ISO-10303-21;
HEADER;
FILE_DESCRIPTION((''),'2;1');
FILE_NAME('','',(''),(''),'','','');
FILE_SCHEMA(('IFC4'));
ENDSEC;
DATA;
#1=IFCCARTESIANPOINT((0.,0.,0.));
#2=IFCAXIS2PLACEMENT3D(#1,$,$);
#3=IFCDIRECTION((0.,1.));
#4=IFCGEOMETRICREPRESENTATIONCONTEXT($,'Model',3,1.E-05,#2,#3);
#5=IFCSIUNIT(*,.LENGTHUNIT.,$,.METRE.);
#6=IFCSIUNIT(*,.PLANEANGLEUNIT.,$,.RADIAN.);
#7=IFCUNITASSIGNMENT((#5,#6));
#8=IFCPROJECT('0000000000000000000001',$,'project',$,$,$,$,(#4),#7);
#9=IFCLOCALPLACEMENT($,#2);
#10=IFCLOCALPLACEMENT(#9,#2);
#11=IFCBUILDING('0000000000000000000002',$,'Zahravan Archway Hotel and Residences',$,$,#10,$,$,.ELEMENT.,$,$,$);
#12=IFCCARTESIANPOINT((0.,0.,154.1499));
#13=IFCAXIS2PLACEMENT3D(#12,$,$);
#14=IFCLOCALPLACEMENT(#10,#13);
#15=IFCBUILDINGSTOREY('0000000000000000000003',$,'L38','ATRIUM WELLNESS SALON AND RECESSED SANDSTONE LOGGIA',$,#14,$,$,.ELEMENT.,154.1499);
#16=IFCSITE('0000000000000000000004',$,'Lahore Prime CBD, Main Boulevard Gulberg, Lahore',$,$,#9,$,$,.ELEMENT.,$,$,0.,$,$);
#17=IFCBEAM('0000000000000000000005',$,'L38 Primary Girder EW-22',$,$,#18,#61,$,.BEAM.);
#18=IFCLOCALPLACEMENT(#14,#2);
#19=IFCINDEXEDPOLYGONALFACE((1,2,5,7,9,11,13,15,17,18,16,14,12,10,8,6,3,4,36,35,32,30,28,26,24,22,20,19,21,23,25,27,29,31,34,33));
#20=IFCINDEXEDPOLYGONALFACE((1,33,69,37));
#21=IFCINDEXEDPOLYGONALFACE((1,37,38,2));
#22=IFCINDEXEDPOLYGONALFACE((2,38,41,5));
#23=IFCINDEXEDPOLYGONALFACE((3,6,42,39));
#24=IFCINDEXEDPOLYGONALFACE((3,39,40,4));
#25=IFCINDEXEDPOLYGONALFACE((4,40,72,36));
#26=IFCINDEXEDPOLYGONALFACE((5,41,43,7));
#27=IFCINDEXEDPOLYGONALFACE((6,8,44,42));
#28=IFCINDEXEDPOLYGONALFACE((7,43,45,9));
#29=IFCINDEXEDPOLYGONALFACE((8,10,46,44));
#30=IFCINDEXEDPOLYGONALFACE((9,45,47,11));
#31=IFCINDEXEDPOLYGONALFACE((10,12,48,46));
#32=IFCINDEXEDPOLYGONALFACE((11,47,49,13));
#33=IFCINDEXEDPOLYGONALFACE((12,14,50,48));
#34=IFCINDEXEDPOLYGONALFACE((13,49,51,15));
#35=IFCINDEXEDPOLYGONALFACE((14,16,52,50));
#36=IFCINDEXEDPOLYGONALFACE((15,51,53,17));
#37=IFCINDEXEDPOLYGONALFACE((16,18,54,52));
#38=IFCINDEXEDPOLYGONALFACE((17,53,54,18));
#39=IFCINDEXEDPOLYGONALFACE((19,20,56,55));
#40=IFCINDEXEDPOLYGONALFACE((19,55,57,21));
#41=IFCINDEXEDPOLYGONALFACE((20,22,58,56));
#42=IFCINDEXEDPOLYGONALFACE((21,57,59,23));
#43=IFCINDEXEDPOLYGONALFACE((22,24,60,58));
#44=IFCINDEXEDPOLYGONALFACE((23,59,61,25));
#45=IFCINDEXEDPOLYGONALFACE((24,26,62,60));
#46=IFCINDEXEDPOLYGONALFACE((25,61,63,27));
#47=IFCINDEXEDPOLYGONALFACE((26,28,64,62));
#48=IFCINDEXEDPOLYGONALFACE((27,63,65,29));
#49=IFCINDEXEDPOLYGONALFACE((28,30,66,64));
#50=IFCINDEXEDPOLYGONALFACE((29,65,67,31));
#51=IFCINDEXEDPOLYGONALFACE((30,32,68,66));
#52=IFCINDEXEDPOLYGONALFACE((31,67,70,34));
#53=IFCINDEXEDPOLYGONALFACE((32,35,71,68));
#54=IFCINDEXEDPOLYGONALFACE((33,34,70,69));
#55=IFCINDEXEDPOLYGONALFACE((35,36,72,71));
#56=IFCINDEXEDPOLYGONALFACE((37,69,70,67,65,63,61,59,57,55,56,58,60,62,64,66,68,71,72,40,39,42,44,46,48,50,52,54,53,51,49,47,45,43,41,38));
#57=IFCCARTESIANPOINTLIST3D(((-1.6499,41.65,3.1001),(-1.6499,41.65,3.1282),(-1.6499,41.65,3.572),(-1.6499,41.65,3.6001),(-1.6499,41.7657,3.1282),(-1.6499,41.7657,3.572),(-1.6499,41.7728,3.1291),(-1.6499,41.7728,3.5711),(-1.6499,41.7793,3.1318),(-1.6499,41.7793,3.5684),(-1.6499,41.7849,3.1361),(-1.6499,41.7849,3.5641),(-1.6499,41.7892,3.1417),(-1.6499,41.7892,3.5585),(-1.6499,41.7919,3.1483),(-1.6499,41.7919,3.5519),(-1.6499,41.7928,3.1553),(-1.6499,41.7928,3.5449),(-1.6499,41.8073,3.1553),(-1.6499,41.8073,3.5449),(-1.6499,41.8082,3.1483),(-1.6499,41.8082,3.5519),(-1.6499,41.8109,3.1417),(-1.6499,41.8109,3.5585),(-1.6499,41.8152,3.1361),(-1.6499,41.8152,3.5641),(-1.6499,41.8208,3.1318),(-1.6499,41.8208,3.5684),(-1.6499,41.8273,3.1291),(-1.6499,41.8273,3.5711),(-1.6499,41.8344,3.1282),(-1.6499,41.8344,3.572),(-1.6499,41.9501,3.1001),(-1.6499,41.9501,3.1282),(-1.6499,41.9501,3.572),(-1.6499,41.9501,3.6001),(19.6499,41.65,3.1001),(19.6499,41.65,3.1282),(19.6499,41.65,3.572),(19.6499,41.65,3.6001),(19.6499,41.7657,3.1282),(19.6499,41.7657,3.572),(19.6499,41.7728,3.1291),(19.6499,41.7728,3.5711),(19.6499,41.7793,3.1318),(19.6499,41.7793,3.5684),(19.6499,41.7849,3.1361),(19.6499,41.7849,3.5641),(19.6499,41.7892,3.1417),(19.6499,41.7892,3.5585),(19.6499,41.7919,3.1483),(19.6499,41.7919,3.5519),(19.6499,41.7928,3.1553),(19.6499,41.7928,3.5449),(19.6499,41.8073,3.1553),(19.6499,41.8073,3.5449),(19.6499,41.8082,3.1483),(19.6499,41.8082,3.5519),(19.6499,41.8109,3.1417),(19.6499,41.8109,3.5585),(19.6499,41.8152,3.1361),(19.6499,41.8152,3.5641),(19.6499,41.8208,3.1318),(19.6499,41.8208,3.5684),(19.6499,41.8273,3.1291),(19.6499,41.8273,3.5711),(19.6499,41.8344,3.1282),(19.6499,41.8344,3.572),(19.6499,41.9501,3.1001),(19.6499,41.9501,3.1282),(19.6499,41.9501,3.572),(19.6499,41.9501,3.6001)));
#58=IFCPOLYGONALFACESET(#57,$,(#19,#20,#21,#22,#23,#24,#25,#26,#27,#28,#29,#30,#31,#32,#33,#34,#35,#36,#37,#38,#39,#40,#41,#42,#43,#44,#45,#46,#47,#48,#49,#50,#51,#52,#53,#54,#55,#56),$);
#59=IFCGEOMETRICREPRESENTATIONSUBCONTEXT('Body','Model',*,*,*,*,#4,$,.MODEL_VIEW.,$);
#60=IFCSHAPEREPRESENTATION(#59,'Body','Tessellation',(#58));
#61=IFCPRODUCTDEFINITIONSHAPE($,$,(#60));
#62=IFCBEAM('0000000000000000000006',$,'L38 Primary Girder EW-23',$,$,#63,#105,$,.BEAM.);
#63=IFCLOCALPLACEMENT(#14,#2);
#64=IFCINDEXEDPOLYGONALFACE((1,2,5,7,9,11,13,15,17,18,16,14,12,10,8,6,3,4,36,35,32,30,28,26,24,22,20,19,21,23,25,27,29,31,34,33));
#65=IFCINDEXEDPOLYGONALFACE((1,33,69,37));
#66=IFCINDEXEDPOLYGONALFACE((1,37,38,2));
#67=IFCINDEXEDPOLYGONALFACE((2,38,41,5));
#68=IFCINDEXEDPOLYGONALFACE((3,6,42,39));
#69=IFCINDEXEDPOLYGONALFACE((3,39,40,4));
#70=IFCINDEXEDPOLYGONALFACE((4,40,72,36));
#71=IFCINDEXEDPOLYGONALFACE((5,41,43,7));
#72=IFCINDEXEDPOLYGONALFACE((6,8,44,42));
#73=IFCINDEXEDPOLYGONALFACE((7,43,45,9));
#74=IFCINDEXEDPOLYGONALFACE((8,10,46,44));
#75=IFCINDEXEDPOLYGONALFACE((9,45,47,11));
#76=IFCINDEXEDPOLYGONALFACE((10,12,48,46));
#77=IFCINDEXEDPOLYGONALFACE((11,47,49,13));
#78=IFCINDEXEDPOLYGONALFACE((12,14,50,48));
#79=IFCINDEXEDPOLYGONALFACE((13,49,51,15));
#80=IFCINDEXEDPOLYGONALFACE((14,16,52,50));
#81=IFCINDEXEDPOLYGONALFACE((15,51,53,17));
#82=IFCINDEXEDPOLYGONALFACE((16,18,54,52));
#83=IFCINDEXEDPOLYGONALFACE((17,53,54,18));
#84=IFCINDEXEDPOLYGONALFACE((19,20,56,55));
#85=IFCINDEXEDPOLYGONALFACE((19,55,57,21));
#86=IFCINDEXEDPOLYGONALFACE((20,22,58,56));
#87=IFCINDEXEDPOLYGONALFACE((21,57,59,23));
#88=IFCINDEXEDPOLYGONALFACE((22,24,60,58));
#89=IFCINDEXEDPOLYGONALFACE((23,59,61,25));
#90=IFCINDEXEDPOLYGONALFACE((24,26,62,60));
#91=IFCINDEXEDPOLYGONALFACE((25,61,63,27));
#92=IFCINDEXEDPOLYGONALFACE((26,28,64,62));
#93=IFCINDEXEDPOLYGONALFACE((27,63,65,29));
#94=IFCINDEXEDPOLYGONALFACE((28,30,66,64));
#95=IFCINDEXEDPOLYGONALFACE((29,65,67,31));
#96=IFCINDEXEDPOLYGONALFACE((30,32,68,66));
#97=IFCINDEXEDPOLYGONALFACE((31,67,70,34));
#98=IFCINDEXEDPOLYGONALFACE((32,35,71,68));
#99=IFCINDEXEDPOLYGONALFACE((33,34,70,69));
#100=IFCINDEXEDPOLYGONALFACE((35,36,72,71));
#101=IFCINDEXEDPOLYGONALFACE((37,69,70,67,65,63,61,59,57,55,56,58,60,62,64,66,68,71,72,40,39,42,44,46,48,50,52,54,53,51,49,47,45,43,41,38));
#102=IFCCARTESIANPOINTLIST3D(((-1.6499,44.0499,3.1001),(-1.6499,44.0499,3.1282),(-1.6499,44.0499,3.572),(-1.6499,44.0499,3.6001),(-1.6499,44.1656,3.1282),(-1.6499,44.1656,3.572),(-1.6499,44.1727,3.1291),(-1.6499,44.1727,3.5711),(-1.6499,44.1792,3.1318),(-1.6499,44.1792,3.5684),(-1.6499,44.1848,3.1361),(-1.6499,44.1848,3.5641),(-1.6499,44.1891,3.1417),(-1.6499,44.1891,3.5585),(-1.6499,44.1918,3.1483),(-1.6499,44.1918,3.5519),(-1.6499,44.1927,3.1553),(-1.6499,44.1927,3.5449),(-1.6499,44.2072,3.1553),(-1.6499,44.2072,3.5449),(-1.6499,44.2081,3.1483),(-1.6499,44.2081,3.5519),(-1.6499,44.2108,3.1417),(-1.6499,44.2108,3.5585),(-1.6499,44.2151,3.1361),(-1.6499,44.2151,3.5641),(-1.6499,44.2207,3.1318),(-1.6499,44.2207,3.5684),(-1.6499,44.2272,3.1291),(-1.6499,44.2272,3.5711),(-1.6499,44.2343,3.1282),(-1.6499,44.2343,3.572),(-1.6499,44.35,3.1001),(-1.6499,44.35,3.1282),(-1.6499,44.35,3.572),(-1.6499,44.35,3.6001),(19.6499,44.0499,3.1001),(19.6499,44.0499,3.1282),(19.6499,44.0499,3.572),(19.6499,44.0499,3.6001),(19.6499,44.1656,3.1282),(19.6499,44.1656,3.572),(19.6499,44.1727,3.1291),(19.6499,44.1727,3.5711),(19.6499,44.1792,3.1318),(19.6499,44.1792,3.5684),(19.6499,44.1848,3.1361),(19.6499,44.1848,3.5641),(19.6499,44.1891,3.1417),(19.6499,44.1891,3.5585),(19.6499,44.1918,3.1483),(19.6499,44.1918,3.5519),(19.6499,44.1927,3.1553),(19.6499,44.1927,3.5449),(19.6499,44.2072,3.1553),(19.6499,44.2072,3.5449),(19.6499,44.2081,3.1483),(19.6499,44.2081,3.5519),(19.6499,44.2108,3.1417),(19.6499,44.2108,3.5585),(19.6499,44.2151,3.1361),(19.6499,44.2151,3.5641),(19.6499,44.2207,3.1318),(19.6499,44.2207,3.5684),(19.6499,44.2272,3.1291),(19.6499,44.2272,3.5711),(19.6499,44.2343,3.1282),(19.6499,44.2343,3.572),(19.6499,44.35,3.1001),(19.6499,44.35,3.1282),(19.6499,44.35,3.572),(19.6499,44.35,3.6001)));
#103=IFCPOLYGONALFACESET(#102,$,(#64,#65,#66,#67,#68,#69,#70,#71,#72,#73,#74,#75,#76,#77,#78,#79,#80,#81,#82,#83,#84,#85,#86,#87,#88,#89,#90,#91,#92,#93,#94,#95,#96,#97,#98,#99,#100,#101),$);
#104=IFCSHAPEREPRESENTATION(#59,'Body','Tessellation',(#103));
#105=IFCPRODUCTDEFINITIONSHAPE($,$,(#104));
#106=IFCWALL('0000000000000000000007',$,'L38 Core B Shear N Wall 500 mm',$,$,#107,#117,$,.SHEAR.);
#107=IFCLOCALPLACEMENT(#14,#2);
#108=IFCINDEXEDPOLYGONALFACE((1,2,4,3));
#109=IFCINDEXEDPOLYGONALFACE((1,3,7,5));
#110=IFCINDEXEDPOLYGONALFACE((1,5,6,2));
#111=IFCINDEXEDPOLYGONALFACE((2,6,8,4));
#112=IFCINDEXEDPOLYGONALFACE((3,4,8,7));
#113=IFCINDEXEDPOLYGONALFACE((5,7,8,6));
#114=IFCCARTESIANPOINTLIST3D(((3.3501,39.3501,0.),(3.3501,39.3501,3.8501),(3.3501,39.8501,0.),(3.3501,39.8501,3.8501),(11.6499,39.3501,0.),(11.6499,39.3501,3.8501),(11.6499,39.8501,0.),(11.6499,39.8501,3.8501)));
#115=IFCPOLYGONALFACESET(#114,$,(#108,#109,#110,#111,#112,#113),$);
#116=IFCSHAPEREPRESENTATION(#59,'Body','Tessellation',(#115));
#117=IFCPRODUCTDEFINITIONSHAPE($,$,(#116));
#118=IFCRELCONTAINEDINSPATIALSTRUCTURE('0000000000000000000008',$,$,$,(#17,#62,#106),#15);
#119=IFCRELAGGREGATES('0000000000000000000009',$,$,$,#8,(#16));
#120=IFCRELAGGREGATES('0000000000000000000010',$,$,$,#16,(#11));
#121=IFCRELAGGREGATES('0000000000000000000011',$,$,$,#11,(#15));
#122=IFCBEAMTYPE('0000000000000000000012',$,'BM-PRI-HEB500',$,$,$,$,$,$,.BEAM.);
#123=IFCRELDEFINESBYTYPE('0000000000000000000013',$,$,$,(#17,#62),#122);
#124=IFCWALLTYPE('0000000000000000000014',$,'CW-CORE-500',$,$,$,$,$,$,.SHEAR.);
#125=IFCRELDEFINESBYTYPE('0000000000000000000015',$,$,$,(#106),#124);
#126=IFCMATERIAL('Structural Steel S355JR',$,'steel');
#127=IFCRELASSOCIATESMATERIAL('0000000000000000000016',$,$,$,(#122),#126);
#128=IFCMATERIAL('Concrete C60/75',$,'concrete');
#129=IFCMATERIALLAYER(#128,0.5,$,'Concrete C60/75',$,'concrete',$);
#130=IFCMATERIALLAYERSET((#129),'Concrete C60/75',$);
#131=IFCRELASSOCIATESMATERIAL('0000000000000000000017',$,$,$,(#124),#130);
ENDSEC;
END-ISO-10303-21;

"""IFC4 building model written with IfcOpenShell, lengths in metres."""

from ifc_helpers import new_model, si_unit, direction, frame, frame_2d, origin, origin_2d, place, context, subcontext, project, spatial, rectangle, i_section, extrude, source, transform, mapped, material, layer, layer_set, material_profile, profile_set, type_object, element, save


model = new_model("IFC4")

# Units and contexts
model_context = context("Model", 3, precision=1e-05, world=origin(), true_north=direction((0.0, 1.0)))
body_context = subcontext(model_context, "Body", "Model", "MODEL_VIEW")
ifc_project = project(units=[si_unit("LENGTHUNIT", "METRE"), si_unit("PLANEANGLEUNIT", "RADIAN")], contexts=[model_context])

# Site, building, storey
site_placement = place(None, origin())
site = spatial("IfcSite", under=ifc_project, at=site_placement, Name="Lahore Prime CBD, Main Boulevard Gulberg, Lahore", CompositionType="ELEMENT", RefElevation=0.0)
building_placement = place(site_placement, origin())
building = spatial("IfcBuilding", under=site, at=building_placement, Name="Zahravan Archway Hotel and Residences", CompositionType="ELEMENT")
storey_placement = place(building_placement, frame((0.0, 0.0, 154.1499)))
storey = spatial("IfcBuildingStorey", under=building, at=storey_placement, Name="L38", Description="ATRIUM WELLNESS SALON AND RECESSED SANDSTONE LOGGIA", CompositionType="ELEMENT", Elevation=154.1499)

# Shared definitions
ifc_material_1 = material(Name="Concrete C60/75", Category="concrete")

# Beams
ifc_material_2 = material(Name="Structural Steel S355JR", Category="steel")
ifc_material_profile_1 = material_profile(ifc_material_2, i_section(OverallWidth=0.3, OverallDepth=0.5, WebThickness=0.0144, FlangeThickness=0.0281, FilletRadius=0.0271, at=origin_2d()), Name="HEB 500", Category="steel")
ifc_profile_set_1 = profile_set([ifc_material_profile_1], Name="Structural Steel S355JR")
beam_type_1 = type_object("IfcBeamType", Name="BM-PRI-HEB500", PredefinedType="BEAM", material=ifc_profile_set_1)
shared_shape_1 = source(origin(), body_context, "Body", "SweptSolid", [
    extrude(i_section(OverallWidth=0.3, OverallDepth=0.5, WebThickness=0.0144, FlangeThickness=0.0281, FilletRadius=0.0271, at=origin_2d()), origin(), (0.0, 0.0, 1.0), 21.2998),
])
for number, where, z_axis, x_axis, name in (
    (1, (-1.6499, 41.8, 3.3501), (1.0, 0.0, 0.0), (0.0, 1.0, 0.0), "L38 Primary Girder EW-22"),
    (2, (-1.6499, 44.2, 3.3501), (1.0, 0.0, 0.0), (0.0, 1.0, 0.0), "L38 Primary Girder EW-23"),
):
    element("IfcBeam", number, at=place(storey_placement, frame(where, z_axis=z_axis, x_axis=x_axis)), inside=storey, type_object=beam_type_1, Name=name, PredefinedType="BEAM", context=body_context, shape_type="MappedRepresentation", body=[
        mapped(shared_shape_1, transform((0.0, 0.0, 0.0), scale=1.0)),
    ])

# Wall
ifc_layer_1 = layer(ifc_material_1, 0.5, Name="Concrete C60/75", Category="concrete")
ifc_layer_set_1 = layer_set([ifc_layer_1], Name="Concrete C60/75")
wall_type_1 = type_object("IfcWallType", Name="CW-CORE-500", PredefinedType="SHEAR", material=ifc_layer_set_1)
wall_1_placement = place(storey_placement, frame((3.3501, 39.6001, 0.0), z_axis=(0.0, 0.0, 1.0), x_axis=(1.0, 0.0, 0.0)))
element("IfcWall", 3, at=wall_1_placement, inside=storey, type_object=wall_type_1, Name="L38 Core B Shear N Wall 500 mm", PredefinedType="SHEAR", context=body_context, shape_type="SweptSolid", body=[
    extrude(rectangle(XDim=8.2998, YDim=0.5, at=frame_2d((4.1499, 0.0))), origin(), (0.0, 0.0, 1.0), 3.8501),
])

save(model, "model.ifc")
